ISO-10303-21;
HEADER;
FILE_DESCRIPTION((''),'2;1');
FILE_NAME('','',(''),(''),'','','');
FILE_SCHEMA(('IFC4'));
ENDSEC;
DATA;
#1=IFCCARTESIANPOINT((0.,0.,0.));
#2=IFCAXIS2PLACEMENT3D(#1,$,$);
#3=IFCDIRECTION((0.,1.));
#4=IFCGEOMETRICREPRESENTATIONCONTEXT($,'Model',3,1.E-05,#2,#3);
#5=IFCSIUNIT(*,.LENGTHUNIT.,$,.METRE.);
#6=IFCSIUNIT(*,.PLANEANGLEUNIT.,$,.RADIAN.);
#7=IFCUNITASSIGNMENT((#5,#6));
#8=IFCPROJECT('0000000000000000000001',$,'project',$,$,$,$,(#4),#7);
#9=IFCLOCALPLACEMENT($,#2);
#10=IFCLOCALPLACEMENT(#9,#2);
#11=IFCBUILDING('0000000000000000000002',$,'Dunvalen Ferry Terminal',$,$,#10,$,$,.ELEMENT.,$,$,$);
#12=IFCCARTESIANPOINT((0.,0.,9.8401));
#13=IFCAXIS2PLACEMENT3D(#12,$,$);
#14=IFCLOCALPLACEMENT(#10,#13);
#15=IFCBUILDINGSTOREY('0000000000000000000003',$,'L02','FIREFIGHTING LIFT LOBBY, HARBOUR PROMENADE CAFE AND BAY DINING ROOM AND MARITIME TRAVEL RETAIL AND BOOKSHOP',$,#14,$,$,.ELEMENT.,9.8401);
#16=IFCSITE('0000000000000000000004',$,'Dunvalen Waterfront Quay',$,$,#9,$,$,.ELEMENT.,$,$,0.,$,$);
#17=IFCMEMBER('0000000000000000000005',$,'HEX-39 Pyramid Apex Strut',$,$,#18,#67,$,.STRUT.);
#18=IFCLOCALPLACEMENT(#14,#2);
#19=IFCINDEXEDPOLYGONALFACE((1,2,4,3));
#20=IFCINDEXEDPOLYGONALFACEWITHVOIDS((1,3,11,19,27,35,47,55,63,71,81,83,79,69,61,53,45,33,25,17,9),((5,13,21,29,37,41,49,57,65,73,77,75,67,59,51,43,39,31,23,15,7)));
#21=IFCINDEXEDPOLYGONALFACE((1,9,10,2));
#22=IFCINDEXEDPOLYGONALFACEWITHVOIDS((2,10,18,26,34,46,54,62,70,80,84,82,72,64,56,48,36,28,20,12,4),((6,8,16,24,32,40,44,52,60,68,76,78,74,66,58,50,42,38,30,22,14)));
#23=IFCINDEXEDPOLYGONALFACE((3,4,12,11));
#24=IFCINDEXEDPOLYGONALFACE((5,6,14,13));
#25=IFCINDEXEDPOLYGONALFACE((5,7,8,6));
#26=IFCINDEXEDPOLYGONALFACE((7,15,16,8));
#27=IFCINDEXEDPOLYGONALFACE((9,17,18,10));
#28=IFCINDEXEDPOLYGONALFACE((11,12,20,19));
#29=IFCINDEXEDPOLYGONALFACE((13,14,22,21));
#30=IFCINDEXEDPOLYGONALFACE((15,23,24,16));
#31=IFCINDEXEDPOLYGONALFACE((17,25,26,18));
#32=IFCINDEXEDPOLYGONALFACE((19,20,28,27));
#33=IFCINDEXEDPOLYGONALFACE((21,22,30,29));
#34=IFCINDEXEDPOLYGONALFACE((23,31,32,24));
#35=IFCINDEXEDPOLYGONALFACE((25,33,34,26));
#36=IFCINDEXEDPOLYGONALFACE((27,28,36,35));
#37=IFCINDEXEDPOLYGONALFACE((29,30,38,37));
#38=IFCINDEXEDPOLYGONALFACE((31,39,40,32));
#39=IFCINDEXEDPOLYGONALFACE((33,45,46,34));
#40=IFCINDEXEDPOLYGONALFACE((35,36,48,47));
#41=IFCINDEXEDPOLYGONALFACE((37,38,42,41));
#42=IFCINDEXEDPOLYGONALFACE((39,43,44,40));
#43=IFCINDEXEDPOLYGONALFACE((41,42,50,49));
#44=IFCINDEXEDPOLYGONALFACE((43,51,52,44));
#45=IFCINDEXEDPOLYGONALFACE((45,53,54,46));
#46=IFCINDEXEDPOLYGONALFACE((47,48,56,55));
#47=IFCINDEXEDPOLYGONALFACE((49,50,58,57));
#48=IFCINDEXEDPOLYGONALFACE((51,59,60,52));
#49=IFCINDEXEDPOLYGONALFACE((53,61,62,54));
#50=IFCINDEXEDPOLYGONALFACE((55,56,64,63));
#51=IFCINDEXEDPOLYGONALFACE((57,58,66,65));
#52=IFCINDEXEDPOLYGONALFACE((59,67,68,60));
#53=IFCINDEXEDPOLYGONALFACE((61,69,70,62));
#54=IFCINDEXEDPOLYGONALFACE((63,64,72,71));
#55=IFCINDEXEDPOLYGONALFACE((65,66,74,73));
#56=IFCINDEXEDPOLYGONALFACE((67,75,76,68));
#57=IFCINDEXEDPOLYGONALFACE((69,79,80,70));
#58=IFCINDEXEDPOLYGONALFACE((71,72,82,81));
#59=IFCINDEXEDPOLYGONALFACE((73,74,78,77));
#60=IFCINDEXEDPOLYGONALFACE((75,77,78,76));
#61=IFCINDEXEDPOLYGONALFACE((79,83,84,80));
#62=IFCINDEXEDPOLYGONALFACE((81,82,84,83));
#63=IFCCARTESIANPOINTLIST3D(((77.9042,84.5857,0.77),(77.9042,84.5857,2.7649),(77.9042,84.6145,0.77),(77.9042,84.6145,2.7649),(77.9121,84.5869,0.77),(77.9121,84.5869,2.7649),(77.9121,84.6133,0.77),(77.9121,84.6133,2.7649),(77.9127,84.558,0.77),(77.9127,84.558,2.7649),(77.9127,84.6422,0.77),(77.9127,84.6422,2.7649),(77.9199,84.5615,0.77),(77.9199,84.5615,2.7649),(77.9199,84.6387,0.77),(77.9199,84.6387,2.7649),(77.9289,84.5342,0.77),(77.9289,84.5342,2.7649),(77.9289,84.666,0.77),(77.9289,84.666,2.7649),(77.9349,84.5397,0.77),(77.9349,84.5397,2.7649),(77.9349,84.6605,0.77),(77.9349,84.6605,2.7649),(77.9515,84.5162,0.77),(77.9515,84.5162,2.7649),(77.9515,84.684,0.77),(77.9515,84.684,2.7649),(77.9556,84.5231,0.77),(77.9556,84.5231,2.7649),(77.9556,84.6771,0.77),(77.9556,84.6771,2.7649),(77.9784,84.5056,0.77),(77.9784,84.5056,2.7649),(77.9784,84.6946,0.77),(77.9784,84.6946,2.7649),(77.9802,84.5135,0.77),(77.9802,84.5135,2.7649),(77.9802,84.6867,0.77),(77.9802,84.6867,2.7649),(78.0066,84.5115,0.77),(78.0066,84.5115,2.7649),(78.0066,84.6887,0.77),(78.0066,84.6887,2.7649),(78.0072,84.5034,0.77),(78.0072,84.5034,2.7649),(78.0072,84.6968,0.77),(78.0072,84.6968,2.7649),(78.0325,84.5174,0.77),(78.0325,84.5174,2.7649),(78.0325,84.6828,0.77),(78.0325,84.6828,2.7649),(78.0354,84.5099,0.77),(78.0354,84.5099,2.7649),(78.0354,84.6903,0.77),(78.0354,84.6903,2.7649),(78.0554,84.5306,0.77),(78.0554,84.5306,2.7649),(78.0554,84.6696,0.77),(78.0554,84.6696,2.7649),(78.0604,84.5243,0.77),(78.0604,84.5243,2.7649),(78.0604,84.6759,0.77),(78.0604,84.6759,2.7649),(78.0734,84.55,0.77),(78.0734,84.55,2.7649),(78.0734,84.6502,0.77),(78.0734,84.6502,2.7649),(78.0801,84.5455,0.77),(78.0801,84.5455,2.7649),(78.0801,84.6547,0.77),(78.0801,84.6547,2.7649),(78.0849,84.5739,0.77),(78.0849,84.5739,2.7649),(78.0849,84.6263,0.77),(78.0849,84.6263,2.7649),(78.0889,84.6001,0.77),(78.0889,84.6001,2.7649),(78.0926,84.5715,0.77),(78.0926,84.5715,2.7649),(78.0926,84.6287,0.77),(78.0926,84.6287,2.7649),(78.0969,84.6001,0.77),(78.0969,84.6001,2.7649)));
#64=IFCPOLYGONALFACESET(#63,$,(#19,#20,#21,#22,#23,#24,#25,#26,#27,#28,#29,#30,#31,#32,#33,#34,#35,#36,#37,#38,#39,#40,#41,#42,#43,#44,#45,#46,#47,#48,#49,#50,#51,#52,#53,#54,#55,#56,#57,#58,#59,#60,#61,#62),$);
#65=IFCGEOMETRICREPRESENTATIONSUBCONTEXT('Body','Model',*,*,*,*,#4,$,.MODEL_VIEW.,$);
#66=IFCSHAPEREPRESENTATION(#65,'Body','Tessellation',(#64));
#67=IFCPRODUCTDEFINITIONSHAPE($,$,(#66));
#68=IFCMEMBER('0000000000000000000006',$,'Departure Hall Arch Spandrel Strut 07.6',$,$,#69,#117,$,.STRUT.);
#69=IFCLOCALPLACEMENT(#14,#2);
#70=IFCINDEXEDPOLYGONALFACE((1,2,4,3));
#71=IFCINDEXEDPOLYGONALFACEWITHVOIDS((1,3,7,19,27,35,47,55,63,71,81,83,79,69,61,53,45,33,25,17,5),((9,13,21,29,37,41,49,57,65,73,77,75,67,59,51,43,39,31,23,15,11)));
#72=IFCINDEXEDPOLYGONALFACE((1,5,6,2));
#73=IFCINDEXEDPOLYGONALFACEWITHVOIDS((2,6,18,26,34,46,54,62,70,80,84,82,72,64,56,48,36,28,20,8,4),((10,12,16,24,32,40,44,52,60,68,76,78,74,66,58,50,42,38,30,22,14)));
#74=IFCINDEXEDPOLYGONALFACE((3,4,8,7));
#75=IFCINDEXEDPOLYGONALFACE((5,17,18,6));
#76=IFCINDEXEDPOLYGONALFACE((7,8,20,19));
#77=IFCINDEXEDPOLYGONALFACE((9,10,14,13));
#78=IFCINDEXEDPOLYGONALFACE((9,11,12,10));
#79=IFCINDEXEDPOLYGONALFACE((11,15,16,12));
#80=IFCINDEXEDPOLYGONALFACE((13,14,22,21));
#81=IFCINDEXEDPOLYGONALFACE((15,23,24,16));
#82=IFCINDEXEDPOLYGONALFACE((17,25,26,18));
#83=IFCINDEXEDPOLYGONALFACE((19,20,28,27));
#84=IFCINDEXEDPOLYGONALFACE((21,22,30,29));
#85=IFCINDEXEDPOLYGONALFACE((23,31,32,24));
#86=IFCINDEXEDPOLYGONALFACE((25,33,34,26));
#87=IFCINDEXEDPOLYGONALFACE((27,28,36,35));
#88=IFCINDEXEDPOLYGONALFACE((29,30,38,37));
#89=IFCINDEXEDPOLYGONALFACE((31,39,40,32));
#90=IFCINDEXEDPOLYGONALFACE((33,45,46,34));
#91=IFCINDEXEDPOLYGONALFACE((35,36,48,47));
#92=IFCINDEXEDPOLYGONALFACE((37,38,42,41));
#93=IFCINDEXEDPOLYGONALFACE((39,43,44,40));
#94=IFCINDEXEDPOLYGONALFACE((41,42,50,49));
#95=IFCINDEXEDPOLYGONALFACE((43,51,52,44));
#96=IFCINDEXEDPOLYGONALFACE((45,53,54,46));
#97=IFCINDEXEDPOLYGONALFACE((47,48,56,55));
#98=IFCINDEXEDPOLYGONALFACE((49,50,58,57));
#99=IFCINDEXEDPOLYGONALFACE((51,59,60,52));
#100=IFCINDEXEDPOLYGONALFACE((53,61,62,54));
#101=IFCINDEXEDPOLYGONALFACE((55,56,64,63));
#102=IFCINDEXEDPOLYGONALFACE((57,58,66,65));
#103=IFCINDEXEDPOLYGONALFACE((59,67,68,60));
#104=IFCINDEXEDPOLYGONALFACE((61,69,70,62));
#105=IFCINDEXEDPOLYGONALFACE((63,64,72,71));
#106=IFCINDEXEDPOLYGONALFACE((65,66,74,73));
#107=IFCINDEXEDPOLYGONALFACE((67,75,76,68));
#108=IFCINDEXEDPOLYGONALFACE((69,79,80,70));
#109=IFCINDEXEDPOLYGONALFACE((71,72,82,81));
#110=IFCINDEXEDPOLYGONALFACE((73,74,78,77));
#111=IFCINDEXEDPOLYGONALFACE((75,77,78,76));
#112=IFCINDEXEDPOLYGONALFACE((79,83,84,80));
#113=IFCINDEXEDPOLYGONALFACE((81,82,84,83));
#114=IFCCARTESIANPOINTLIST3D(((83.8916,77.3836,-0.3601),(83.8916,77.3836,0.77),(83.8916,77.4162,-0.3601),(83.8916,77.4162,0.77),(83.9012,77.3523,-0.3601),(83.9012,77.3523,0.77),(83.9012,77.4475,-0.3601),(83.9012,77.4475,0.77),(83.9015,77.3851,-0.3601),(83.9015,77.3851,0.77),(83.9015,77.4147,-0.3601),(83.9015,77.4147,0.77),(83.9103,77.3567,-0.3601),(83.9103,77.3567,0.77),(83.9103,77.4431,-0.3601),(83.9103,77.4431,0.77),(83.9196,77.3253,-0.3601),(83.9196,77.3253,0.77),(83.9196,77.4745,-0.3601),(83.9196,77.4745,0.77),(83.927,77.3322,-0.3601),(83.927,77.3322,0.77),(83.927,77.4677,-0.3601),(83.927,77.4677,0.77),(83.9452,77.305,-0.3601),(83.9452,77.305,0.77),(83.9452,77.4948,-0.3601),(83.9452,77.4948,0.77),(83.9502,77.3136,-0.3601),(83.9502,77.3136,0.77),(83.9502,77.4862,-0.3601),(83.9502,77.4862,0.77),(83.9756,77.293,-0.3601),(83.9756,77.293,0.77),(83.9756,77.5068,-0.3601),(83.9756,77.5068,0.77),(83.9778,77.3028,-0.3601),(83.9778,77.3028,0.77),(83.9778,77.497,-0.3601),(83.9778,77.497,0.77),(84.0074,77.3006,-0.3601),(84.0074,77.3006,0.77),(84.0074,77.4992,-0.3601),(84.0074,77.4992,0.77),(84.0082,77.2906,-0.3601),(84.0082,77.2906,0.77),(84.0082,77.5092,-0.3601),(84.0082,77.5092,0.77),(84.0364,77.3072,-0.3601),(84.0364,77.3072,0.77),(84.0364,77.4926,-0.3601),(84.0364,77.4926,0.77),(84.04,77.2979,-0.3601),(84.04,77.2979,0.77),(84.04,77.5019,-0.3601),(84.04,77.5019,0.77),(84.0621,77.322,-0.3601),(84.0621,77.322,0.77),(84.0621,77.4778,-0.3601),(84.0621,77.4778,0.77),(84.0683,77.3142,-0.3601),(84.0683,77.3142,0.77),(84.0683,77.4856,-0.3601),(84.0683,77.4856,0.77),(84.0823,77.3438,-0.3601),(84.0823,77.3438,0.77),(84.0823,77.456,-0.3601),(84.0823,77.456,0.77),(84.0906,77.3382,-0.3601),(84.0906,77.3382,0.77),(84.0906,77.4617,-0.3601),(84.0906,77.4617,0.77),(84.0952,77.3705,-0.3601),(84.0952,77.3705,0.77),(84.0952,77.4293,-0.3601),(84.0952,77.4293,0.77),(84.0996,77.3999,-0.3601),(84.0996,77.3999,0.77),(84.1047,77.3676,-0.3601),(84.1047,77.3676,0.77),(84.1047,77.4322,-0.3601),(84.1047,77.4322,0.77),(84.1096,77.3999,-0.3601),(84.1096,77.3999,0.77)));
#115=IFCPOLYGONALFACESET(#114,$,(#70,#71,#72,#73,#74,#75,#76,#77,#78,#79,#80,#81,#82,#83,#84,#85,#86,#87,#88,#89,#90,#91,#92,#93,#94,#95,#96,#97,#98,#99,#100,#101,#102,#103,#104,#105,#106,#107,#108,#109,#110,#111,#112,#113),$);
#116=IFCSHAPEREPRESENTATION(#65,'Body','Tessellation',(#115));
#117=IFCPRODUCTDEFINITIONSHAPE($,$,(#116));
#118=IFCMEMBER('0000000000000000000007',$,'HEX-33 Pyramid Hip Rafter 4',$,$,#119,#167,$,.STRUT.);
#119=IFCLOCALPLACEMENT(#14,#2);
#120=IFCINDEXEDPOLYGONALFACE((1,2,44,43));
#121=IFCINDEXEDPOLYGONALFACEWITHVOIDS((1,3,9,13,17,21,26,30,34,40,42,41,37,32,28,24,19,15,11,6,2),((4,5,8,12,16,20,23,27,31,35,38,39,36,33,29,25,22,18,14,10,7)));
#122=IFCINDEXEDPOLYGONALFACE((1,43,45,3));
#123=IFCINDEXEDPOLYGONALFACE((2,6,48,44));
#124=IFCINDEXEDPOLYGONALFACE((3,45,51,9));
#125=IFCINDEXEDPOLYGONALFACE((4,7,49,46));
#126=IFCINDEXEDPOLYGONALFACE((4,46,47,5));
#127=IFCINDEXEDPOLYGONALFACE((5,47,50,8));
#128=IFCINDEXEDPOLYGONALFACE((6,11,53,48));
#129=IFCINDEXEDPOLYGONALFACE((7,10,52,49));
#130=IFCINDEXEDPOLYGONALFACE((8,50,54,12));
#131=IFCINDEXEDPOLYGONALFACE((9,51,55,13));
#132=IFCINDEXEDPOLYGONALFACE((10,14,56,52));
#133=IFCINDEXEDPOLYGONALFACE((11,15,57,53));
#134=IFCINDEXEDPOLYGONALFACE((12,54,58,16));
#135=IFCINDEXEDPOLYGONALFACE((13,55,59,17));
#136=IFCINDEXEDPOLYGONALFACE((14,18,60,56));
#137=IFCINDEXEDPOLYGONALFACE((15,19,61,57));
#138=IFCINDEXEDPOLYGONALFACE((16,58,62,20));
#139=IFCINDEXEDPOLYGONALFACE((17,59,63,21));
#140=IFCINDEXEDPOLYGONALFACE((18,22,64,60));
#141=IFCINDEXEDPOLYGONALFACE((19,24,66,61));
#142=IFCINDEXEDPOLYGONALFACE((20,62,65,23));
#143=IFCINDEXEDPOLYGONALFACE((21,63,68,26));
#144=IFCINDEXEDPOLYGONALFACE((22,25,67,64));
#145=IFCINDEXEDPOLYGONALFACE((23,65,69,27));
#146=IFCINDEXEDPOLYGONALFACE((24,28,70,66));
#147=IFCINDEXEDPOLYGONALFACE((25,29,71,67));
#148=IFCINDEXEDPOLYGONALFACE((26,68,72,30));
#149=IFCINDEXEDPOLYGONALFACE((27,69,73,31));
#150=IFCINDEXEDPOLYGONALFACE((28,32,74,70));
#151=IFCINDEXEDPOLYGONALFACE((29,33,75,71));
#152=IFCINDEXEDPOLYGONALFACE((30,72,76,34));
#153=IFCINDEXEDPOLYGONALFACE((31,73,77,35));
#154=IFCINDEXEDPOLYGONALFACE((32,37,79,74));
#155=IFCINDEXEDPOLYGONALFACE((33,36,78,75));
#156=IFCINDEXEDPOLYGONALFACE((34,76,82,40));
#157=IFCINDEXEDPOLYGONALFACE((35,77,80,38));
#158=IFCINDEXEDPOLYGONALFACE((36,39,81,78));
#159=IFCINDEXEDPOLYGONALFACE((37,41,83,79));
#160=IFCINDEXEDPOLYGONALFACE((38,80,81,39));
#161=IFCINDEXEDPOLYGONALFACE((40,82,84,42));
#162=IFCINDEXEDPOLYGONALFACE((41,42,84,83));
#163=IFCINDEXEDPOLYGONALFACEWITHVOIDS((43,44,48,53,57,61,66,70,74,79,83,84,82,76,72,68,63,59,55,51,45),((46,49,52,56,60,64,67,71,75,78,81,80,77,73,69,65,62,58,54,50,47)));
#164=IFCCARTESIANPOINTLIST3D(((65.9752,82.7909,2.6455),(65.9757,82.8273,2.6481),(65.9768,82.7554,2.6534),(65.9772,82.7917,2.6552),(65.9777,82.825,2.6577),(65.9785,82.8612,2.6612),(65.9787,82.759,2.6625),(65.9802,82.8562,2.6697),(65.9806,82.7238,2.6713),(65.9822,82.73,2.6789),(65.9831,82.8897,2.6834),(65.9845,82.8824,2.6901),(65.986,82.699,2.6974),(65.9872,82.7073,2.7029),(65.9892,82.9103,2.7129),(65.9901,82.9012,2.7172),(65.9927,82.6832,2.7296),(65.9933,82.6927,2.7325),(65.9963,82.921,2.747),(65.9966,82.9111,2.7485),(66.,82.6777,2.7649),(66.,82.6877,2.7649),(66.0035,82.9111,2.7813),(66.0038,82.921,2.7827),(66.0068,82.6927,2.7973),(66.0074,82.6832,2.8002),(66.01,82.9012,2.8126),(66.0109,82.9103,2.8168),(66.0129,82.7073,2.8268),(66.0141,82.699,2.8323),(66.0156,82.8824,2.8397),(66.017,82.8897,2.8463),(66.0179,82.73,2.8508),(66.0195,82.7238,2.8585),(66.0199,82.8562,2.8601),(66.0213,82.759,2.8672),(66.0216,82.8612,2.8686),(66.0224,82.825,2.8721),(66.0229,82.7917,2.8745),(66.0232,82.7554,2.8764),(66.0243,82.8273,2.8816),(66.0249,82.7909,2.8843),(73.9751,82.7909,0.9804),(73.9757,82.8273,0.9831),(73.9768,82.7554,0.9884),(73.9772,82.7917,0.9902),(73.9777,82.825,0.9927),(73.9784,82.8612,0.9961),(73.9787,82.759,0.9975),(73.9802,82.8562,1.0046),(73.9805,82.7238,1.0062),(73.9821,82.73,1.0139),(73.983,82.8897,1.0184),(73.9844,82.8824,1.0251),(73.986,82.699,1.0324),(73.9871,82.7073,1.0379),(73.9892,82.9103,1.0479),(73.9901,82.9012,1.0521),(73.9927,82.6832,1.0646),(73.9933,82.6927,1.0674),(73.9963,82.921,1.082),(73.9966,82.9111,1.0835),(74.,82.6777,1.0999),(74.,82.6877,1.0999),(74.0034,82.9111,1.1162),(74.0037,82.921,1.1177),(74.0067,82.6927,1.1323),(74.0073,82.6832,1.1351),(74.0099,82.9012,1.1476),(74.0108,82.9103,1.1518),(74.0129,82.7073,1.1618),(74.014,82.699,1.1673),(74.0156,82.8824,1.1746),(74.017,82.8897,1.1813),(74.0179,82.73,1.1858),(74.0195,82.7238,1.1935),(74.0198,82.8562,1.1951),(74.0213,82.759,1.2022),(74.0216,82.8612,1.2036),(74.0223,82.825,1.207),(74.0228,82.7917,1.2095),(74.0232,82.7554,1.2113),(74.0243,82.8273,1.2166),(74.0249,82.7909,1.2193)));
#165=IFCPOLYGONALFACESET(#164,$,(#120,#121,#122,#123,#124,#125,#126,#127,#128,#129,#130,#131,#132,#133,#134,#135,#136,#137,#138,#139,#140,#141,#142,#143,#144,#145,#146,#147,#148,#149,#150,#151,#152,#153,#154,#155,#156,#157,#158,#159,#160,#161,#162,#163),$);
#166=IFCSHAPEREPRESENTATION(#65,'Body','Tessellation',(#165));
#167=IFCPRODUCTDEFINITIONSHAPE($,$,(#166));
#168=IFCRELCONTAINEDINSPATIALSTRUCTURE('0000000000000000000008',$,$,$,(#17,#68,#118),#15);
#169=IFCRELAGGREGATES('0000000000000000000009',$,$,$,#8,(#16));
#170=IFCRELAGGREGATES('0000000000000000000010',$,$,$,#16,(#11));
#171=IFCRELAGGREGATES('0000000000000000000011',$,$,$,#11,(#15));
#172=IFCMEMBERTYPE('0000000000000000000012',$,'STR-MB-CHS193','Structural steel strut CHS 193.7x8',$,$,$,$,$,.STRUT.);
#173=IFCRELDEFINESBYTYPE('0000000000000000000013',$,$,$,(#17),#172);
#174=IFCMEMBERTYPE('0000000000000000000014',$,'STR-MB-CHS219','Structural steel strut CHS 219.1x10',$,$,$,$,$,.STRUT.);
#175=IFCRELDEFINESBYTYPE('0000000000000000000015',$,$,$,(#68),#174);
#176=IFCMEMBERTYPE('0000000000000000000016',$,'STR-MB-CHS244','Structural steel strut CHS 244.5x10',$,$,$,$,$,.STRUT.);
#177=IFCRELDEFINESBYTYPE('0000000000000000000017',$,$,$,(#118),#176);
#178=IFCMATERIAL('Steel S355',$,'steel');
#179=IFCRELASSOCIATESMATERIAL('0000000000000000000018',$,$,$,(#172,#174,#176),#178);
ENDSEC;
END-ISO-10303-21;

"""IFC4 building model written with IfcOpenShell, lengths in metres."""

from ifc_helpers import new_model, si_unit, direction, frame, origin, origin_2d, place, context, subcontext, project, spatial, hollow_circle, extrude, material, material_profile, profile_set, type_object, element, save


model = new_model("IFC4")

# Units and contexts
model_context = context("Model", 3, precision=1e-05, world=origin(), true_north=direction((0.0, 1.0)))
body_context = subcontext(model_context, "Body", "Model", "MODEL_VIEW")
ifc_project = project(units=[si_unit("LENGTHUNIT", "METRE"), si_unit("PLANEANGLEUNIT", "RADIAN")], contexts=[model_context])

# Site, building, storey
site_placement = place(None, origin())
site = spatial("IfcSite", under=ifc_project, at=site_placement, Name="Dunvalen Waterfront Quay", CompositionType="ELEMENT", RefElevation=0.0)
building_placement = place(site_placement, origin())
building = spatial("IfcBuilding", under=site, at=building_placement, Name="Dunvalen Ferry Terminal", CompositionType="ELEMENT")
storey_placement = place(building_placement, frame((0.0, 0.0, 9.8401)))
storey = spatial("IfcBuildingStorey", under=building, at=storey_placement, Name="L02", Description="FIREFIGHTING LIFT LOBBY, HARBOUR PROMENADE CAFE AND BAY DINING ROOM AND MARITIME TRAVEL RETAIL AND BOOKSHOP", CompositionType="ELEMENT", Elevation=9.8401)

# Shared definitions
ifc_material_1 = material(Name="Steel S355", Category="steel")

# Members
ifc_material_profile_1 = material_profile(ifc_material_1, hollow_circle(Radius=0.0969, WallThickness=0.0081, at=origin_2d()), Name="Steel S355")
ifc_profile_set_1 = profile_set([ifc_material_profile_1], Name="Steel S355")
member_type_1 = type_object("IfcMemberType", Name="STR-MB-CHS193", Description="Structural steel strut CHS 193.7x8", PredefinedType="STRUT", material=ifc_profile_set_1)
for number, where, z_axis, x_axis, name in (
    (1, (78.0, 84.6001, 0.77), (0.0, 0.0, 1.0), (1.0, 0.0, 0.0), "HEX-39 Pyramid Apex Strut"),
):
    element("IfcMember", number, at=place(storey_placement, frame(where, z_axis=z_axis, x_axis=x_axis)), inside=storey, type_object=member_type_1, Name=name, PredefinedType="STRUT", context=body_context, shape_type="SweptSolid", body=[
        extrude(hollow_circle(Radius=0.0969, WallThickness=0.0081, at=origin_2d()), origin(), (0.0, 0.0, 1.0), 1.9949),
    ])
ifc_material_profile_2 = material_profile(ifc_material_1, hollow_circle(Radius=0.1096, WallThickness=0.01, at=origin_2d()), Name="Steel S355")
ifc_profile_set_2 = profile_set([ifc_material_profile_2], Name="Steel S355")
member_type_2 = type_object("IfcMemberType", Name="STR-MB-CHS219", Description="Structural steel strut CHS 219.1x10", PredefinedType="STRUT", material=ifc_profile_set_2)
member_1_placement = place(storey_placement, frame((84.0, 77.3999, -0.3601), z_axis=(0.0, 0.0, 1.0), x_axis=(1.0, 0.0, 0.0)))
element("IfcMember", 2, at=member_1_placement, inside=storey, type_object=member_type_2, Name="Departure Hall Arch Spandrel Strut 07.6", PredefinedType="STRUT", context=body_context, shape_type="SweptSolid", body=[
    extrude(hollow_circle(Radius=0.1096, WallThickness=0.01, at=origin_2d()), origin(), (0.0, 0.0, 1.0), 1.1301),
])
ifc_material_profile_3 = material_profile(ifc_material_1, hollow_circle(Radius=0.1223, WallThickness=0.01, at=origin_2d()), Name="Steel S355")
ifc_profile_set_3 = profile_set([ifc_material_profile_3], Name="Steel S355")
member_type_3 = type_object("IfcMemberType", Name="STR-MB-CHS244", Description="Structural steel strut CHS 244.5x10", PredefinedType="STRUT", material=ifc_profile_set_3)
member_2_placement = place(storey_placement, frame((74.0, 82.8, 1.0999), z_axis=(-0.97902, 0.0, 0.203763), x_axis=(0.0, -1.0, 0.0)))
element("IfcMember", 3, at=member_2_placement, inside=storey, type_object=member_type_3, Name="HEX-33 Pyramid Hip Rafter 4", PredefinedType="STRUT", context=body_context, shape_type="SweptSolid", body=[
    extrude(hollow_circle(Radius=0.1223, WallThickness=0.01, at=origin_2d()), origin(), (0.0, 0.0, 1.0), 8.1714),
])

save(model, "model.ifc")
